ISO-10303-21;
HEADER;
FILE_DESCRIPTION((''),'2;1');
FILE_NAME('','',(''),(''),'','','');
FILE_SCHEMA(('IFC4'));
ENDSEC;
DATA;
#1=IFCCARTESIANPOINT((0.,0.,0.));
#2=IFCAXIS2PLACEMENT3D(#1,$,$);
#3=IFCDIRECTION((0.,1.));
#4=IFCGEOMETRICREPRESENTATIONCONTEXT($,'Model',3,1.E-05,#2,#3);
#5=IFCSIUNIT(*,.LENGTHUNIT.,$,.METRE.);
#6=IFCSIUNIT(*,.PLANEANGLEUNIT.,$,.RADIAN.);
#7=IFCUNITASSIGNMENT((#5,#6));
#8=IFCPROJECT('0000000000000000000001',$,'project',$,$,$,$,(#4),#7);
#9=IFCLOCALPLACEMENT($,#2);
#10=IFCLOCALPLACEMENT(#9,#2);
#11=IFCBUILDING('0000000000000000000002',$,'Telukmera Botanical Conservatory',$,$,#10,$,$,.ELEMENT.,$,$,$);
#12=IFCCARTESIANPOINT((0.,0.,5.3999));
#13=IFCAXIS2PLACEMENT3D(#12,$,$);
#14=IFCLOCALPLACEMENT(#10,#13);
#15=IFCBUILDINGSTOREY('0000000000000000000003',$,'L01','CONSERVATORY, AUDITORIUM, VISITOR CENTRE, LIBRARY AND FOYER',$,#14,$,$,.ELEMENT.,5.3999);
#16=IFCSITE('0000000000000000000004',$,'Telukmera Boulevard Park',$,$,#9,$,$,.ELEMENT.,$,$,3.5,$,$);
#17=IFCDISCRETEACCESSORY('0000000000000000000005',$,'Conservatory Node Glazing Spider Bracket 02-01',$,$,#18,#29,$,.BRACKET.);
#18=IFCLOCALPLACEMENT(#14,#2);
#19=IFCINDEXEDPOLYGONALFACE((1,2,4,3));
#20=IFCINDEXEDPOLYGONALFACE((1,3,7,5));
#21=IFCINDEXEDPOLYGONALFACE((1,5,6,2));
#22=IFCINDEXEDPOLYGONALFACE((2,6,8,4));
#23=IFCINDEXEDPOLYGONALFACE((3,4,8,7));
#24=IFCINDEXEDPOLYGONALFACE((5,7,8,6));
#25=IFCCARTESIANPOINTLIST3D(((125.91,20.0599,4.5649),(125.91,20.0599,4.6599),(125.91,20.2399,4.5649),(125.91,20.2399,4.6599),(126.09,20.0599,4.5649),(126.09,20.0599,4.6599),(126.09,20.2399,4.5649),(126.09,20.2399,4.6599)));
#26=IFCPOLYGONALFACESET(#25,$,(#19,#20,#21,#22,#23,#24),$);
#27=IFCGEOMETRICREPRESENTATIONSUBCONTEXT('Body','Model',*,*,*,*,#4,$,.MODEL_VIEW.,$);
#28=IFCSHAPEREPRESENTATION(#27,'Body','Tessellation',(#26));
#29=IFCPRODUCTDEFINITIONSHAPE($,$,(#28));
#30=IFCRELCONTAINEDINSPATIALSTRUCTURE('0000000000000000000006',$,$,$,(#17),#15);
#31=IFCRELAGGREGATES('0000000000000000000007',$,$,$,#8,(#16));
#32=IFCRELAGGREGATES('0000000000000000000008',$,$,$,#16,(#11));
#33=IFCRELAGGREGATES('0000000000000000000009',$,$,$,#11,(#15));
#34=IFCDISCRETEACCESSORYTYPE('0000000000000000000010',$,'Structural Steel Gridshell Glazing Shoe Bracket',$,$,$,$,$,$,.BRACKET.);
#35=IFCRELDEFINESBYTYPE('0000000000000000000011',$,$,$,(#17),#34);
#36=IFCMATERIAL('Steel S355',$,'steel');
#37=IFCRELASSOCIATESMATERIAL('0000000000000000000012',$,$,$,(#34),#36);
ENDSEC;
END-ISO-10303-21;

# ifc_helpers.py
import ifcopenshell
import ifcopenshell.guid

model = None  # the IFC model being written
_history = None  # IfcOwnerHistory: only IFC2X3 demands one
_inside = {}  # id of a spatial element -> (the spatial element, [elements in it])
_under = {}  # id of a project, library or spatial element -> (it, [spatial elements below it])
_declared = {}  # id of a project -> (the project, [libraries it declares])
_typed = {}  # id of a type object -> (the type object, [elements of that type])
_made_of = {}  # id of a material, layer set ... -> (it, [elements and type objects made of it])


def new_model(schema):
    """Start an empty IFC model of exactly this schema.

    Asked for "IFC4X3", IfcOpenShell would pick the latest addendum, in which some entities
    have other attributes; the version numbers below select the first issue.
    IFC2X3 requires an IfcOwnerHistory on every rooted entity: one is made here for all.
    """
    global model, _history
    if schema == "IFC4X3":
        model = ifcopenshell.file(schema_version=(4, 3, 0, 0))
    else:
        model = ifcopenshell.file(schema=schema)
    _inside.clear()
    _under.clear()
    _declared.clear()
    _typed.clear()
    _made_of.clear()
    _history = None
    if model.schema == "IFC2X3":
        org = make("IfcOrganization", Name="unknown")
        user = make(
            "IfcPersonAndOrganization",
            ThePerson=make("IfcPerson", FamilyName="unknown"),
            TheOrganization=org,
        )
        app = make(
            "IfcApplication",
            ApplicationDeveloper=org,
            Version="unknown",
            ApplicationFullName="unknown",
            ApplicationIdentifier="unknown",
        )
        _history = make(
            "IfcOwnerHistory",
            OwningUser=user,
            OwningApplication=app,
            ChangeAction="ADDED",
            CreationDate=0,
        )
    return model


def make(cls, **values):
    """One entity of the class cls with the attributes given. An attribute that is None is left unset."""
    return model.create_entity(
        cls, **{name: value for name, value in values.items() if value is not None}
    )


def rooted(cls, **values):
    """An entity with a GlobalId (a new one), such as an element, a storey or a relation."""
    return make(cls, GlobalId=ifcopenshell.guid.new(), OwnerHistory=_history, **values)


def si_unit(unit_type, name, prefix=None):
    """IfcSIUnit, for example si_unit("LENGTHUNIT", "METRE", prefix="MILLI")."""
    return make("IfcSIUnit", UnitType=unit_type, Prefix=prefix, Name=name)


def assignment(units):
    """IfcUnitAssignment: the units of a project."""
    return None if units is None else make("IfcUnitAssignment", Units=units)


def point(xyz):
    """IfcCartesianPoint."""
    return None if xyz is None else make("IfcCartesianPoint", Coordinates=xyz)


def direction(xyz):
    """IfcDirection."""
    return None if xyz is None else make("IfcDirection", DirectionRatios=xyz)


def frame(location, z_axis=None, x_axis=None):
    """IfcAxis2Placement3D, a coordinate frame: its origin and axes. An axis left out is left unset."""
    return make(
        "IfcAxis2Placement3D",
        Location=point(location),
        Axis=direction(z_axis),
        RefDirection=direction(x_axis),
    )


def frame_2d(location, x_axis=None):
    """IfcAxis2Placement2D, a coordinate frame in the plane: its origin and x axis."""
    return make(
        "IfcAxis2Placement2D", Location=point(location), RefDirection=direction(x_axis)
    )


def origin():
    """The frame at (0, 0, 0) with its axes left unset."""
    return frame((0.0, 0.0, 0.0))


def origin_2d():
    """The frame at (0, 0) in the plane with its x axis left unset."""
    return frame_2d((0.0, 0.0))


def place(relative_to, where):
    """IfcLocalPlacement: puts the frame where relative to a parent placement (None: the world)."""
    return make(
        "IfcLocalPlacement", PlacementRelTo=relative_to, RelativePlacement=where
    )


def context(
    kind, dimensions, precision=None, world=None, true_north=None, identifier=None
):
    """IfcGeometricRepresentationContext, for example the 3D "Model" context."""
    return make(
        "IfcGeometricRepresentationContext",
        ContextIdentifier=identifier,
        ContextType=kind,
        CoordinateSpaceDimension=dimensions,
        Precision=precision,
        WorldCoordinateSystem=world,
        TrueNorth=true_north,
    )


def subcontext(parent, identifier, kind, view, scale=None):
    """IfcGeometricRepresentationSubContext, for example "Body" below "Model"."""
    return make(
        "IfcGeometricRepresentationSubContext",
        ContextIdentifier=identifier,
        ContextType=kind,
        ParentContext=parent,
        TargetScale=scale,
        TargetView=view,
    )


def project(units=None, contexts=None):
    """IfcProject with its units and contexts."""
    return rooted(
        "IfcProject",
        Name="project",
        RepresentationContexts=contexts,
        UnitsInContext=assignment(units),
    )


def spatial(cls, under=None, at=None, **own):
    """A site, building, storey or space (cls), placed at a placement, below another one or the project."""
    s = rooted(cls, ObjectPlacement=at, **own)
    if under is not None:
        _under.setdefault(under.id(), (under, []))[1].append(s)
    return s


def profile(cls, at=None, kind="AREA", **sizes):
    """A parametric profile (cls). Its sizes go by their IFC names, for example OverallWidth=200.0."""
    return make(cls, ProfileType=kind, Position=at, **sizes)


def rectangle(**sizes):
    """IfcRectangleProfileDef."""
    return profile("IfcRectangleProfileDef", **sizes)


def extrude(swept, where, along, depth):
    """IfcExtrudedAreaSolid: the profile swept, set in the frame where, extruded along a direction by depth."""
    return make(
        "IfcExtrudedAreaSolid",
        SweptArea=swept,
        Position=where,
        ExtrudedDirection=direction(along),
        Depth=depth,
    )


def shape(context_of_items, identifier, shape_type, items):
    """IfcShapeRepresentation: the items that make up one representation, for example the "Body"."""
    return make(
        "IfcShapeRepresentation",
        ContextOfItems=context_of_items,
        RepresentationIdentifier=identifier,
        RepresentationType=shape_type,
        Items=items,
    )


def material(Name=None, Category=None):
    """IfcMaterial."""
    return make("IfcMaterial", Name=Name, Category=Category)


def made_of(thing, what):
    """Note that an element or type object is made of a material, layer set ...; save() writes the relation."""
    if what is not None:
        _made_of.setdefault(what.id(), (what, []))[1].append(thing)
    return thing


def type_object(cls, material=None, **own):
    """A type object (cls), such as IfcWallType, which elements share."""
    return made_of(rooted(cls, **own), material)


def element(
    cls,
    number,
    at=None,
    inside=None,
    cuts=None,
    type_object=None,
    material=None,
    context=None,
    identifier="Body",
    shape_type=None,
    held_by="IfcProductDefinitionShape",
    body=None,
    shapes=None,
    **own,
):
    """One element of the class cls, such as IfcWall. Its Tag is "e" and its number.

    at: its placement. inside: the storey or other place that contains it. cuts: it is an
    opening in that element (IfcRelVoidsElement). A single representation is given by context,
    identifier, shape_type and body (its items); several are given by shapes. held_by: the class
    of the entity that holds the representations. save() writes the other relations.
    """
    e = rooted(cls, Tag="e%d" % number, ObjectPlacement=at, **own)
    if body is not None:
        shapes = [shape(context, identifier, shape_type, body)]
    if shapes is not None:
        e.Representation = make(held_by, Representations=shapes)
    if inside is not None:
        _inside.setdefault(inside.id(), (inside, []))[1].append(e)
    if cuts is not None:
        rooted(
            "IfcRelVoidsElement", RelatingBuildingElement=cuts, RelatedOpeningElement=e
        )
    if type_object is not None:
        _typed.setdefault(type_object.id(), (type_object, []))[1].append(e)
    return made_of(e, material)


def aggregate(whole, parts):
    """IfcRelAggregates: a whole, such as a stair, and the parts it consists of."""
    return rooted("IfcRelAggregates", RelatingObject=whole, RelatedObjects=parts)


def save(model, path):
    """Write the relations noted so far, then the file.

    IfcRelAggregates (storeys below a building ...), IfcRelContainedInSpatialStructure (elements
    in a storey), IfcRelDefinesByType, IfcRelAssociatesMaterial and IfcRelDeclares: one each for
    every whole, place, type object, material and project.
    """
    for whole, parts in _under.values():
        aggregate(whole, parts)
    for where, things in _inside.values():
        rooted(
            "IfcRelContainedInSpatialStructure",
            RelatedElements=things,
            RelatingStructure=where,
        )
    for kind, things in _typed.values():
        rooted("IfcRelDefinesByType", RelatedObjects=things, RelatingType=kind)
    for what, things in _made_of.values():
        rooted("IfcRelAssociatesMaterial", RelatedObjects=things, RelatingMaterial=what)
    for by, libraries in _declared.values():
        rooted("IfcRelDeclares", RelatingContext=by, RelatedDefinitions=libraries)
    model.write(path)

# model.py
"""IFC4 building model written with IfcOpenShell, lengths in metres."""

from ifc_helpers import new_model, si_unit, direction, frame, origin, origin_2d, place, context, subcontext, project, spatial, rectangle, extrude, material, type_object, element, save


model = new_model("IFC4")

# Units and contexts
model_context = context("Model", 3, precision=1e-05, world=origin(), true_north=direction((0.0, 1.0)))
body_context = subcontext(model_context, "Body", "Model", "MODEL_VIEW")
ifc_project = project(units=[si_unit("LENGTHUNIT", "METRE"), si_unit("PLANEANGLEUNIT", "RADIAN")], contexts=[model_context])

# Site, building, storey
site_placement = place(None, origin())
site = spatial("IfcSite", under=ifc_project, at=site_placement, Name="Telukmera Boulevard Park", CompositionType="ELEMENT", RefElevation=3.5)
building_placement = place(site_placement, origin())
building = spatial("IfcBuilding", under=site, at=building_placement, Name="Telukmera Botanical Conservatory", CompositionType="ELEMENT")
storey_placement = place(building_placement, frame((0.0, 0.0, 5.3999)))
storey = spatial("IfcBuildingStorey", under=building, at=storey_placement, Name="L01", Description="CONSERVATORY, AUDITORIUM, VISITOR CENTRE, LIBRARY AND FOYER", CompositionType="ELEMENT", Elevation=5.3999)

# Shared definitions
ifc_material_1 = material(Name="Steel S355", Category="steel")

# Discrete accessory
discrete_accessory_type = type_object("IfcDiscreteAccessoryType", Name="Structural Steel Gridshell Glazing Shoe Bracket", PredefinedType="BRACKET", material=ifc_material_1)
discrete_accessory_placement = place(storey_placement, frame((126.0, 20.1499, 4.5649), z_axis=(0.0, 0.0, 1.0), x_axis=(1.0, 0.0, 0.0)))
element("IfcDiscreteAccessory", 1, at=discrete_accessory_placement, inside=storey, type_object=discrete_accessory_type, Name="Conservatory Node Glazing Spider Bracket 02-01", PredefinedType="BRACKET", context=body_context, shape_type="SweptSolid", body=[
    extrude(rectangle(XDim=0.1799, YDim=0.1799, at=origin_2d()), origin(), (0.0, 0.0, 1.0), 0.095),
])

save(model, "model.ifc")
